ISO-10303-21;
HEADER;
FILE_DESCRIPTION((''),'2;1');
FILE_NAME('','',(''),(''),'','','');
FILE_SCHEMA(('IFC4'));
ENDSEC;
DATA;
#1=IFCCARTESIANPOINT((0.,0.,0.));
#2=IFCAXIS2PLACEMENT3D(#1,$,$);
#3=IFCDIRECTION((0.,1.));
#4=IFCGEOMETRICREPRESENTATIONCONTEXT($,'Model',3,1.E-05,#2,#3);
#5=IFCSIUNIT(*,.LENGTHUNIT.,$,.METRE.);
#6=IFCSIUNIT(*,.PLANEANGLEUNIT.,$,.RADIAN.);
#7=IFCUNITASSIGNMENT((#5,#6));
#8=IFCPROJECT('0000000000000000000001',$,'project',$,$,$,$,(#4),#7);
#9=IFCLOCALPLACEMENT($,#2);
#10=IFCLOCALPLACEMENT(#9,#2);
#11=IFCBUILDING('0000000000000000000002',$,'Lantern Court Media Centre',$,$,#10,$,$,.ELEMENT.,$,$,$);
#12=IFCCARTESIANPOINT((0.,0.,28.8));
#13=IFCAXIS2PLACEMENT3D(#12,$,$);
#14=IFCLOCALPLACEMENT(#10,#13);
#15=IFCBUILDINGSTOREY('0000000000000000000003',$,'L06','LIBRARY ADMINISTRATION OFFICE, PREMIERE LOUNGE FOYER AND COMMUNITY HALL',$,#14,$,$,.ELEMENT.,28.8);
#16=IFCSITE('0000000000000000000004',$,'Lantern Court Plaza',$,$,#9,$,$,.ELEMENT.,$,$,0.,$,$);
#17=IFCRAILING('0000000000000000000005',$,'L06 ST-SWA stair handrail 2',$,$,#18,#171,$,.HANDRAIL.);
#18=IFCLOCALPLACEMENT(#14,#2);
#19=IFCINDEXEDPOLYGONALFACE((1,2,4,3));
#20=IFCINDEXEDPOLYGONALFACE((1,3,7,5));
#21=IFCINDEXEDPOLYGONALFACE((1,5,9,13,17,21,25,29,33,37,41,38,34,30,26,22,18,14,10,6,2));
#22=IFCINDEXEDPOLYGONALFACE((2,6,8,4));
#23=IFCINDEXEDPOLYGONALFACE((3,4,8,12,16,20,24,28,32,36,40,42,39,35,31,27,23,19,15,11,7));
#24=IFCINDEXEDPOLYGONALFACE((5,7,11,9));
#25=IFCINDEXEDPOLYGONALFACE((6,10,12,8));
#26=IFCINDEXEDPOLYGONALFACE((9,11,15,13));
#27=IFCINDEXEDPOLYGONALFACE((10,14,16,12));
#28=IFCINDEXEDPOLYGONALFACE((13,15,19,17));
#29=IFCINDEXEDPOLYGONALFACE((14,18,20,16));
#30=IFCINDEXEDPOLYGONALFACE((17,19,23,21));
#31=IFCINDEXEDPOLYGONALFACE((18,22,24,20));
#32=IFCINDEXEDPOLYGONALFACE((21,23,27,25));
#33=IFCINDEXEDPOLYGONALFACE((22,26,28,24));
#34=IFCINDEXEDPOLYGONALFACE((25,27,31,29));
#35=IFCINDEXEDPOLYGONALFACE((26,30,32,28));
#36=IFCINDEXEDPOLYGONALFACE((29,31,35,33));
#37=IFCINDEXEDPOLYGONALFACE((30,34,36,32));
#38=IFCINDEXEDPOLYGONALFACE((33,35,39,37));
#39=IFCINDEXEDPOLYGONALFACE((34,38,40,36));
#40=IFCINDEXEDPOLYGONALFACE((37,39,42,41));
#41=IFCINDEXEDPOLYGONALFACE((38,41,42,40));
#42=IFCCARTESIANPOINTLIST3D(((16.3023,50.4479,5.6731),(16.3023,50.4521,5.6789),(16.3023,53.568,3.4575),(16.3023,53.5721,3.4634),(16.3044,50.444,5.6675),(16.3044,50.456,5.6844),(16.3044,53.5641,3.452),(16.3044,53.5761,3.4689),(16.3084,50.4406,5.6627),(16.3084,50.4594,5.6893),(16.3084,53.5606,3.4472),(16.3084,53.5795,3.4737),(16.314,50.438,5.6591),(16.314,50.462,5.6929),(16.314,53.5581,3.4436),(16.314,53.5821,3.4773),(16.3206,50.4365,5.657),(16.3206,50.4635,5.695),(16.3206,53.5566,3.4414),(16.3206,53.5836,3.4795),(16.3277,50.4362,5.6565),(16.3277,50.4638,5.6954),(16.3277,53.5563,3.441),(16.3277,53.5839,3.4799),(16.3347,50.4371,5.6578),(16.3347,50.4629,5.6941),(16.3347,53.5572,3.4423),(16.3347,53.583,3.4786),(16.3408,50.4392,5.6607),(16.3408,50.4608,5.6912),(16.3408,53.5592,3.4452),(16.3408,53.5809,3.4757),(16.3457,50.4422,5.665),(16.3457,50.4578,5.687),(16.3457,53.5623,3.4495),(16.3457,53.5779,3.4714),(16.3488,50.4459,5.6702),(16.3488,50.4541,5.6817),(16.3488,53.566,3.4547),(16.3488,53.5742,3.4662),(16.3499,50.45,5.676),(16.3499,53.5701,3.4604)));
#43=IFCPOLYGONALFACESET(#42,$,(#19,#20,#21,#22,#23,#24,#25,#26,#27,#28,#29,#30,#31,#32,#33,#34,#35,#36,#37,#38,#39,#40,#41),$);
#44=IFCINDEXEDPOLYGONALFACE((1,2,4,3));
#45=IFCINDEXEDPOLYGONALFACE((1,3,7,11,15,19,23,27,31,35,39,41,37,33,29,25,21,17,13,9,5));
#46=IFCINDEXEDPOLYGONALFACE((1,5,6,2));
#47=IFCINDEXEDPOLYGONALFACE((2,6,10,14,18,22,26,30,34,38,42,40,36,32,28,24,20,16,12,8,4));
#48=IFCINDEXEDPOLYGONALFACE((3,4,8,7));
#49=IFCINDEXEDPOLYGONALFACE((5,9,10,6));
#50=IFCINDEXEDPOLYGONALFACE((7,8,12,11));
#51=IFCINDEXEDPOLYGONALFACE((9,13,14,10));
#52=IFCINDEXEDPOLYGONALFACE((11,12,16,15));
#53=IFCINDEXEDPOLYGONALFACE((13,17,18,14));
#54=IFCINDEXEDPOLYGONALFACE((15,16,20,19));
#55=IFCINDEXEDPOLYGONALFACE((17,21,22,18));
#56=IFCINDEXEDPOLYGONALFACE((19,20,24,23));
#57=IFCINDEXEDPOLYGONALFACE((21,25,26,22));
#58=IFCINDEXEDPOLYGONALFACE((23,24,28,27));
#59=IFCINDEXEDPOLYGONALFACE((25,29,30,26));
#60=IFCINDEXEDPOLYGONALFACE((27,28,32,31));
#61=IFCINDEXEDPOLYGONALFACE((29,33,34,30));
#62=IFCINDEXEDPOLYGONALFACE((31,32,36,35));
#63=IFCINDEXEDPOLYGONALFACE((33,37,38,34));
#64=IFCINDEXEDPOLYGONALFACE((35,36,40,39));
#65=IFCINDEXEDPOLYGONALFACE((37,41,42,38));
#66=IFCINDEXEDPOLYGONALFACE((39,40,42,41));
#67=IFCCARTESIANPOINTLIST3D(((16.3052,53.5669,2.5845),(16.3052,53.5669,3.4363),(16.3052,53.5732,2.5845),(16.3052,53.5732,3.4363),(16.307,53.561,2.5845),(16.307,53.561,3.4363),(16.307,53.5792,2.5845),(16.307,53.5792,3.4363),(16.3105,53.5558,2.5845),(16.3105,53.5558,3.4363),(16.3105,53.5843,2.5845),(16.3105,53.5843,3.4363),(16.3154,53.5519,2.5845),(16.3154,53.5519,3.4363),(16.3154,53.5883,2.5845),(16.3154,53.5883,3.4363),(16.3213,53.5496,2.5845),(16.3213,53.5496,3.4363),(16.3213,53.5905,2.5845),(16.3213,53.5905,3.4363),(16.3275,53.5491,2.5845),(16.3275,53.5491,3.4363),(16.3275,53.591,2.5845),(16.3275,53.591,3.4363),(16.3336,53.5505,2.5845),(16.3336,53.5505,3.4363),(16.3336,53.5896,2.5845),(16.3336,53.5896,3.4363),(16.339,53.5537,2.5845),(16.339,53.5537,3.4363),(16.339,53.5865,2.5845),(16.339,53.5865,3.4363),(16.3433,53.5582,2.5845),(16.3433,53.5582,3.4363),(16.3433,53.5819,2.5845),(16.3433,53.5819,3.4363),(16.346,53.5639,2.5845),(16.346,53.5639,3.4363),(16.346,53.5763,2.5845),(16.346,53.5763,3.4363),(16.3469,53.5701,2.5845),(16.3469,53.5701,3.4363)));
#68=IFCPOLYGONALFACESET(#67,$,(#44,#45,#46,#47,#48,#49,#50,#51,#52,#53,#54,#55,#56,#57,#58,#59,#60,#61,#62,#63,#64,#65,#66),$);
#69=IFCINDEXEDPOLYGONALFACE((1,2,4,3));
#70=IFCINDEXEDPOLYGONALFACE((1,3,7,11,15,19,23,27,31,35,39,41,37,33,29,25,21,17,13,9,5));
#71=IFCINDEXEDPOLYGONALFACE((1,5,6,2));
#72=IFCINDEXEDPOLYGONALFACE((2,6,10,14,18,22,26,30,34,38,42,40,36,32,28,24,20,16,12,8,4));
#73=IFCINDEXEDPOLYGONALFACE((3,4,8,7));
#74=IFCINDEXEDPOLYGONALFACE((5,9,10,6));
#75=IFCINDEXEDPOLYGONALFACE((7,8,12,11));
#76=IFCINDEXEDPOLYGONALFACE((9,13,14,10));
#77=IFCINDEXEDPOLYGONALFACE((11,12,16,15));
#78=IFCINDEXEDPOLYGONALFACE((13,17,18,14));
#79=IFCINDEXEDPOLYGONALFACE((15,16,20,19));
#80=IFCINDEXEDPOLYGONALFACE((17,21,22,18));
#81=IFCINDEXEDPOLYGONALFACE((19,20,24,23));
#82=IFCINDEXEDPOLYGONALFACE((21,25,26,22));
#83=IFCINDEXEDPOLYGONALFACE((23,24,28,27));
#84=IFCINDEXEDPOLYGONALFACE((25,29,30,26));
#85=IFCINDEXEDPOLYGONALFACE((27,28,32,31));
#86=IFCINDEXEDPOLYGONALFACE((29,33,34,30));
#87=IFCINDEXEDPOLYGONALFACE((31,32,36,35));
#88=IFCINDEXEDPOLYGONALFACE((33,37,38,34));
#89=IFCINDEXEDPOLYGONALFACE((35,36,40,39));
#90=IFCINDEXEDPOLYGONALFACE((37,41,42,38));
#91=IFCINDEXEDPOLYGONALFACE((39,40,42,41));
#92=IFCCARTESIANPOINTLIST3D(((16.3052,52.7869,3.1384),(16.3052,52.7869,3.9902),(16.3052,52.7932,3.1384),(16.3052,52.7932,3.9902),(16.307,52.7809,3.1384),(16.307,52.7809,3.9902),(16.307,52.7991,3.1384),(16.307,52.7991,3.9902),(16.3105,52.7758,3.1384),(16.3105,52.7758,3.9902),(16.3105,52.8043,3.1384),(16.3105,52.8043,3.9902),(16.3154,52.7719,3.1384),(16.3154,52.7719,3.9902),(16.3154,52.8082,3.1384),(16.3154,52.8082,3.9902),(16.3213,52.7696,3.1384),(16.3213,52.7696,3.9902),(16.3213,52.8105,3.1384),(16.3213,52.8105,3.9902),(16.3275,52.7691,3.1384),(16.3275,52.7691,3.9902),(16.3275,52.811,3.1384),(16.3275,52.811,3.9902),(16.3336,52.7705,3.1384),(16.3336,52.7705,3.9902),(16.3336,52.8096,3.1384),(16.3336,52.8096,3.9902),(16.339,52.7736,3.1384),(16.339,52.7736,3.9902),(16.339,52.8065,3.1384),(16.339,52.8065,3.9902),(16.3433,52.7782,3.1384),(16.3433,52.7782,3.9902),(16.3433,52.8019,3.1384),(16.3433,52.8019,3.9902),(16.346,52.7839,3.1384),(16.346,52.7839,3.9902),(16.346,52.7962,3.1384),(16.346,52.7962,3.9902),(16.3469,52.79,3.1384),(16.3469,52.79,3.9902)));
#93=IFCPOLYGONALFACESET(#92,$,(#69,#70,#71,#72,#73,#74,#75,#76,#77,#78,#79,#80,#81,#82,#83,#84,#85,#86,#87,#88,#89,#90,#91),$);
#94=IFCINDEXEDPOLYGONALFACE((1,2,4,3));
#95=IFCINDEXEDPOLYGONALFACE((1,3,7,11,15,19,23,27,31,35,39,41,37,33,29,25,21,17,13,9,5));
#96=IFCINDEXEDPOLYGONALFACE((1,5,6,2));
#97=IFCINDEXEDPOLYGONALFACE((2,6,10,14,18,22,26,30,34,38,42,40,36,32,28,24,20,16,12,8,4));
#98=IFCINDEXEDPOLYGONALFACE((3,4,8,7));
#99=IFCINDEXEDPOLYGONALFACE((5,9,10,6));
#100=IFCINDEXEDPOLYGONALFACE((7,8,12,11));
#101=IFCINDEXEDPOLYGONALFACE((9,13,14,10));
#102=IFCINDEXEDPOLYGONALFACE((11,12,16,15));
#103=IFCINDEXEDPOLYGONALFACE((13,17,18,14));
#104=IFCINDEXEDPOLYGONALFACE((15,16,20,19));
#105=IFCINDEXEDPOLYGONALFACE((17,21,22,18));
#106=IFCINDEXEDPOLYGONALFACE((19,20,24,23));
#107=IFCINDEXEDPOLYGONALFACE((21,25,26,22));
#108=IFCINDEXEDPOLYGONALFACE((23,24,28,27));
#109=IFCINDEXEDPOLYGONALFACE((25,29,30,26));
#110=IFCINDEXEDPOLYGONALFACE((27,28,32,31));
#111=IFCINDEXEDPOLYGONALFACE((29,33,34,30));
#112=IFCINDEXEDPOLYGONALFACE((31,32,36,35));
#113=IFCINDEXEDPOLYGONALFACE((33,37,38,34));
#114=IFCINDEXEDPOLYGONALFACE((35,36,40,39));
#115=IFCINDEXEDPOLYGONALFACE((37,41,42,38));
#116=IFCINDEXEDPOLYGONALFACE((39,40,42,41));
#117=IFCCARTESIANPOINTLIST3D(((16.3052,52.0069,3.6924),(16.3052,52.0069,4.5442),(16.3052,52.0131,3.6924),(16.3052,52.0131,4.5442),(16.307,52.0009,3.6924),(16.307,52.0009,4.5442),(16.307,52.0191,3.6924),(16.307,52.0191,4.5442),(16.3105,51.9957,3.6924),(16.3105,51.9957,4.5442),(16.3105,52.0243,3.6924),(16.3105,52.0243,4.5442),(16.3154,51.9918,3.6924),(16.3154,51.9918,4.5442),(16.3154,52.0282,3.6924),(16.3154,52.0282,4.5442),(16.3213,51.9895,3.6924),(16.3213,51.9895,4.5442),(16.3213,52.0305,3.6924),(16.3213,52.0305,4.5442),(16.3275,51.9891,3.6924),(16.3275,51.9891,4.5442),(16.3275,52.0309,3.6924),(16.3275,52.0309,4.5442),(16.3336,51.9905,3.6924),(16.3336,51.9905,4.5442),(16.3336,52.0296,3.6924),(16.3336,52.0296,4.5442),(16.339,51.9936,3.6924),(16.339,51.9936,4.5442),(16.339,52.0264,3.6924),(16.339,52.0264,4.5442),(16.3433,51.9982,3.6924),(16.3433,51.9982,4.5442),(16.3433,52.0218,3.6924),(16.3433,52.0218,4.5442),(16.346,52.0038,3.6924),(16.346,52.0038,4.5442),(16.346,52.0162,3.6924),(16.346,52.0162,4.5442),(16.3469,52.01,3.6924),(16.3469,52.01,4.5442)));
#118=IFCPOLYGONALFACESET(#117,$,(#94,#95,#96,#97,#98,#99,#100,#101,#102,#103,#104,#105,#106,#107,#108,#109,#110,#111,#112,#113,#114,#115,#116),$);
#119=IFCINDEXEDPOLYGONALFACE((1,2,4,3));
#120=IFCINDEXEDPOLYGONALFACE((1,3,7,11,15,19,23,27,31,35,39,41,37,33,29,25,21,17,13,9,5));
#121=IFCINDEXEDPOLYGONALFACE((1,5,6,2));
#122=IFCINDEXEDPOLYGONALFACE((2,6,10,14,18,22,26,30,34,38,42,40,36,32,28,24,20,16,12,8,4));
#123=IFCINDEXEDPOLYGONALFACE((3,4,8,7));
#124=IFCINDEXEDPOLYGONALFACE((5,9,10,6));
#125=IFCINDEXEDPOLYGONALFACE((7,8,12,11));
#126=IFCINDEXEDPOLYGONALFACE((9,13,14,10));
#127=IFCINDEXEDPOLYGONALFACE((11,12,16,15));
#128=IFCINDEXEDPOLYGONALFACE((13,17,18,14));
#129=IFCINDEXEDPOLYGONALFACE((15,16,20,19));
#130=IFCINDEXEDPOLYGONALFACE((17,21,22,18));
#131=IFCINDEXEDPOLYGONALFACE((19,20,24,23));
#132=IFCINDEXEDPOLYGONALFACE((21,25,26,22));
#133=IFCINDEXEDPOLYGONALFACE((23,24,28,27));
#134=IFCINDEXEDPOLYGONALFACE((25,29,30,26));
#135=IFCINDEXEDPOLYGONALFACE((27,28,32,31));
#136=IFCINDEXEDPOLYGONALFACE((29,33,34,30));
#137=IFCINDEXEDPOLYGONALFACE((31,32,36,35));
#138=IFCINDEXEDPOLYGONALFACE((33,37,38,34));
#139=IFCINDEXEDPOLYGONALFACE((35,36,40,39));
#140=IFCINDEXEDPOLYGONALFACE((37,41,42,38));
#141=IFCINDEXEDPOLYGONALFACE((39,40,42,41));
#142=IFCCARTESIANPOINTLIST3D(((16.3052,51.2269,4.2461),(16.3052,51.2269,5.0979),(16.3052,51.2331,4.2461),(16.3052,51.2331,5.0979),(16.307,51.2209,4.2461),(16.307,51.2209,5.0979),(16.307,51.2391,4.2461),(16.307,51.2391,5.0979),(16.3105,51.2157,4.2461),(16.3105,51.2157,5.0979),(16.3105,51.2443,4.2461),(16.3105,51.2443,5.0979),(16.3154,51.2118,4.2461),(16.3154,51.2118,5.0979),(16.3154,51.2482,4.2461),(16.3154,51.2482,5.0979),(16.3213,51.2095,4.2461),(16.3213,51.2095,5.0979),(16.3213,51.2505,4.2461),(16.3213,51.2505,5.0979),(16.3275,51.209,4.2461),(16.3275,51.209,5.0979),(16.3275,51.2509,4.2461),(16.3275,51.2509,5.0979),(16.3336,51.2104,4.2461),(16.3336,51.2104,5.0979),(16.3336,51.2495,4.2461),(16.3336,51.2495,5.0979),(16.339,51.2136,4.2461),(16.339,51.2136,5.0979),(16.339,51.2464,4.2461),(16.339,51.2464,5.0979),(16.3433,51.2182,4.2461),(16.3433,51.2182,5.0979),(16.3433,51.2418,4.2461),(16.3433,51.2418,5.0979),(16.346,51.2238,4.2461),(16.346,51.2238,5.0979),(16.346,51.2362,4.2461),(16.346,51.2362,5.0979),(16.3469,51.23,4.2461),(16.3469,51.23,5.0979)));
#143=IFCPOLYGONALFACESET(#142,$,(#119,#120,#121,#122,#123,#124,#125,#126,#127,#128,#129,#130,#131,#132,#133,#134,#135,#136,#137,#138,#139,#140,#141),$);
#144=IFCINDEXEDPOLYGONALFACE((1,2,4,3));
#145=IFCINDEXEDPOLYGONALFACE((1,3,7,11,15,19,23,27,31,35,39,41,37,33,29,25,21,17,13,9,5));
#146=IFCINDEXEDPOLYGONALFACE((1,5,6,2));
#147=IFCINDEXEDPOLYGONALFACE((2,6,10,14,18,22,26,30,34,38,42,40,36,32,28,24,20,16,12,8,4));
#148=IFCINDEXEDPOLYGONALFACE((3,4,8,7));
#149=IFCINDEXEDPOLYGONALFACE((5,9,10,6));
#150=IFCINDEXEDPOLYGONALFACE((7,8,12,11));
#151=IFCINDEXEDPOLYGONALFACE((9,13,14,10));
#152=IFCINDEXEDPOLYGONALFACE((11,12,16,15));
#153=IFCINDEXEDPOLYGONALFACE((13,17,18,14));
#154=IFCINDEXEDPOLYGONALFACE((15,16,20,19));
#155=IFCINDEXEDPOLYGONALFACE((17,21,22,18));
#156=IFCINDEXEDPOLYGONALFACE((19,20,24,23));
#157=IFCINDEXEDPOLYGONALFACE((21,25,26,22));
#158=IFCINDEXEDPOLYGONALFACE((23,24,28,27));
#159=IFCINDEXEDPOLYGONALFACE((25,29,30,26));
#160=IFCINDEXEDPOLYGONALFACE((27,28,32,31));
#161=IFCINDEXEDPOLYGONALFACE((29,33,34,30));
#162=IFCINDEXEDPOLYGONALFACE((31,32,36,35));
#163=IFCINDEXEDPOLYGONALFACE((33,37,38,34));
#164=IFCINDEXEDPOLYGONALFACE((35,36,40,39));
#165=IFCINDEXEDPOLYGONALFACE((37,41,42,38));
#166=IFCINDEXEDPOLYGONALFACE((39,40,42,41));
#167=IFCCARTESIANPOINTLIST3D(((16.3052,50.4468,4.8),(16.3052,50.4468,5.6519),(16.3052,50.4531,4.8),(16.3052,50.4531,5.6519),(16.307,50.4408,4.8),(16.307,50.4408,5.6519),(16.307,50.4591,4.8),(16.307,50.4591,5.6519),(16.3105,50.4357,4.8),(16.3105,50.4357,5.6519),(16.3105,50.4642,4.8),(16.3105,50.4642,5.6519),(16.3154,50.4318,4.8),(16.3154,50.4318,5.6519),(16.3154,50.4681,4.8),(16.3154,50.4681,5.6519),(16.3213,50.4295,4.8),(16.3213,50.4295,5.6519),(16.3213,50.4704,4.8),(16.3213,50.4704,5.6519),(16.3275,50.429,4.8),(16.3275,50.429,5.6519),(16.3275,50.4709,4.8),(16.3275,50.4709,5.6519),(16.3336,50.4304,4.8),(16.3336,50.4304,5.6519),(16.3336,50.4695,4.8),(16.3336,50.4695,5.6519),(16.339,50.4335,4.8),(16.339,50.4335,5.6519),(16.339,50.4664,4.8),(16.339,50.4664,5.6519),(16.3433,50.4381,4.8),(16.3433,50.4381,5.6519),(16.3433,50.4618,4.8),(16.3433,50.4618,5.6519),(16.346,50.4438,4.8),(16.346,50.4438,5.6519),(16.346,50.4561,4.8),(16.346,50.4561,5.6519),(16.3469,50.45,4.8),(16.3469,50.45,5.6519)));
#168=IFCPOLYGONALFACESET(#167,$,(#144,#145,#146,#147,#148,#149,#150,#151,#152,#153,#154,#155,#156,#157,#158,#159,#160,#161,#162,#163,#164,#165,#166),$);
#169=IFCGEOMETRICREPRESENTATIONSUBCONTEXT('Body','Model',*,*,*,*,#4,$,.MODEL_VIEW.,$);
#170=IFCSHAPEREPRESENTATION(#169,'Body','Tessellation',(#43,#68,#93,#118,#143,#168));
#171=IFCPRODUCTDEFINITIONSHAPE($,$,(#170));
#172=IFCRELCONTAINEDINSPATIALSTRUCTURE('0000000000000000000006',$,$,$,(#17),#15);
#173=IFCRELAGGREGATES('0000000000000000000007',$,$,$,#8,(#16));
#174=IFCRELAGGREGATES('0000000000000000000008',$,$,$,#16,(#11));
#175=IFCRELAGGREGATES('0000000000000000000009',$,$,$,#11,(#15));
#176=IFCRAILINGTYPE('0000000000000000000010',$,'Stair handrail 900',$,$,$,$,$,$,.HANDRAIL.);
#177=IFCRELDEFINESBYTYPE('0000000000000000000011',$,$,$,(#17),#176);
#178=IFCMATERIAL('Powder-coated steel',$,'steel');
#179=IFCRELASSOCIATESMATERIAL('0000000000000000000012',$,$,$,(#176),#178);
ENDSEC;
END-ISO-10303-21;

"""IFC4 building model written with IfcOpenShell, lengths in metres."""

from ifc_helpers import new_model, si_unit, direction, frame, origin, origin_2d, place, context, subcontext, project, spatial, circle, extrude, material, type_object, element, save


model = new_model("IFC4")

# Units and contexts
model_context = context("Model", 3, precision=1e-05, world=origin(), true_north=direction((0.0, 1.0)))
body_context = subcontext(model_context, "Body", "Model", "MODEL_VIEW")
ifc_project = project(units=[si_unit("LENGTHUNIT", "METRE"), si_unit("PLANEANGLEUNIT", "RADIAN")], contexts=[model_context])

# Site, building, storey
site_placement = place(None, origin())
site = spatial("IfcSite", under=ifc_project, at=site_placement, Name="Lantern Court Plaza", CompositionType="ELEMENT", RefElevation=0.0)
building_placement = place(site_placement, origin())
building = spatial("IfcBuilding", under=site, at=building_placement, Name="Lantern Court Media Centre", CompositionType="ELEMENT")
storey_placement = place(building_placement, frame((0.0, 0.0, 28.8)))
storey = spatial("IfcBuildingStorey", under=building, at=storey_placement, Name="L06", Description="LIBRARY ADMINISTRATION OFFICE, PREMIERE LOUNGE FOYER AND COMMUNITY HALL", CompositionType="ELEMENT", Elevation=28.8)

# Shared definitions
ifc_material_1 = material(Name="Powder-coated steel", Category="steel")

# Railing
railing_type_1 = type_object("IfcRailingType", Name="Stair handrail 900", PredefinedType="HANDRAIL", material=ifc_material_1)
railing_1_placement = place(storey_placement, frame((16.3259, 53.5701, 2.5845)))
element("IfcRailing", 1, at=railing_1_placement, inside=storey, type_object=railing_type_1, Name="L06 ST-SWA stair handrail 2", PredefinedType="HANDRAIL", context=body_context, shape_type="SweptSolid", body=[
    extrude(circle(Radius=0.0239, at=origin_2d()), frame((0.0, 0.0, 0.876), z_axis=(0.0, -0.815347, 0.578973), x_axis=(1.0, 0.0, 0.0)), (0.0, 0.0, 1.0), 3.8267),
    extrude(circle(Radius=0.021, at=origin_2d()), origin(), (0.0, 0.0, 1.0), 0.8518),
    extrude(circle(Radius=0.021, at=origin_2d()), frame((0.0, -0.78, 0.554)), (0.0, 0.0, 1.0), 0.8518),
    extrude(circle(Radius=0.021, at=origin_2d()), frame((0.0, -1.5601, 1.1079)), (0.0, 0.0, 1.0), 0.8518),
    extrude(circle(Radius=0.021, at=origin_2d()), frame((0.0, -2.3401, 1.6616)), (0.0, 0.0, 1.0), 0.8518),
    extrude(circle(Radius=0.021, at=origin_2d()), frame((0.0, -3.1201, 2.2156)), (0.0, 0.0, 1.0), 0.8518),
])

save(model, "model.ifc")
